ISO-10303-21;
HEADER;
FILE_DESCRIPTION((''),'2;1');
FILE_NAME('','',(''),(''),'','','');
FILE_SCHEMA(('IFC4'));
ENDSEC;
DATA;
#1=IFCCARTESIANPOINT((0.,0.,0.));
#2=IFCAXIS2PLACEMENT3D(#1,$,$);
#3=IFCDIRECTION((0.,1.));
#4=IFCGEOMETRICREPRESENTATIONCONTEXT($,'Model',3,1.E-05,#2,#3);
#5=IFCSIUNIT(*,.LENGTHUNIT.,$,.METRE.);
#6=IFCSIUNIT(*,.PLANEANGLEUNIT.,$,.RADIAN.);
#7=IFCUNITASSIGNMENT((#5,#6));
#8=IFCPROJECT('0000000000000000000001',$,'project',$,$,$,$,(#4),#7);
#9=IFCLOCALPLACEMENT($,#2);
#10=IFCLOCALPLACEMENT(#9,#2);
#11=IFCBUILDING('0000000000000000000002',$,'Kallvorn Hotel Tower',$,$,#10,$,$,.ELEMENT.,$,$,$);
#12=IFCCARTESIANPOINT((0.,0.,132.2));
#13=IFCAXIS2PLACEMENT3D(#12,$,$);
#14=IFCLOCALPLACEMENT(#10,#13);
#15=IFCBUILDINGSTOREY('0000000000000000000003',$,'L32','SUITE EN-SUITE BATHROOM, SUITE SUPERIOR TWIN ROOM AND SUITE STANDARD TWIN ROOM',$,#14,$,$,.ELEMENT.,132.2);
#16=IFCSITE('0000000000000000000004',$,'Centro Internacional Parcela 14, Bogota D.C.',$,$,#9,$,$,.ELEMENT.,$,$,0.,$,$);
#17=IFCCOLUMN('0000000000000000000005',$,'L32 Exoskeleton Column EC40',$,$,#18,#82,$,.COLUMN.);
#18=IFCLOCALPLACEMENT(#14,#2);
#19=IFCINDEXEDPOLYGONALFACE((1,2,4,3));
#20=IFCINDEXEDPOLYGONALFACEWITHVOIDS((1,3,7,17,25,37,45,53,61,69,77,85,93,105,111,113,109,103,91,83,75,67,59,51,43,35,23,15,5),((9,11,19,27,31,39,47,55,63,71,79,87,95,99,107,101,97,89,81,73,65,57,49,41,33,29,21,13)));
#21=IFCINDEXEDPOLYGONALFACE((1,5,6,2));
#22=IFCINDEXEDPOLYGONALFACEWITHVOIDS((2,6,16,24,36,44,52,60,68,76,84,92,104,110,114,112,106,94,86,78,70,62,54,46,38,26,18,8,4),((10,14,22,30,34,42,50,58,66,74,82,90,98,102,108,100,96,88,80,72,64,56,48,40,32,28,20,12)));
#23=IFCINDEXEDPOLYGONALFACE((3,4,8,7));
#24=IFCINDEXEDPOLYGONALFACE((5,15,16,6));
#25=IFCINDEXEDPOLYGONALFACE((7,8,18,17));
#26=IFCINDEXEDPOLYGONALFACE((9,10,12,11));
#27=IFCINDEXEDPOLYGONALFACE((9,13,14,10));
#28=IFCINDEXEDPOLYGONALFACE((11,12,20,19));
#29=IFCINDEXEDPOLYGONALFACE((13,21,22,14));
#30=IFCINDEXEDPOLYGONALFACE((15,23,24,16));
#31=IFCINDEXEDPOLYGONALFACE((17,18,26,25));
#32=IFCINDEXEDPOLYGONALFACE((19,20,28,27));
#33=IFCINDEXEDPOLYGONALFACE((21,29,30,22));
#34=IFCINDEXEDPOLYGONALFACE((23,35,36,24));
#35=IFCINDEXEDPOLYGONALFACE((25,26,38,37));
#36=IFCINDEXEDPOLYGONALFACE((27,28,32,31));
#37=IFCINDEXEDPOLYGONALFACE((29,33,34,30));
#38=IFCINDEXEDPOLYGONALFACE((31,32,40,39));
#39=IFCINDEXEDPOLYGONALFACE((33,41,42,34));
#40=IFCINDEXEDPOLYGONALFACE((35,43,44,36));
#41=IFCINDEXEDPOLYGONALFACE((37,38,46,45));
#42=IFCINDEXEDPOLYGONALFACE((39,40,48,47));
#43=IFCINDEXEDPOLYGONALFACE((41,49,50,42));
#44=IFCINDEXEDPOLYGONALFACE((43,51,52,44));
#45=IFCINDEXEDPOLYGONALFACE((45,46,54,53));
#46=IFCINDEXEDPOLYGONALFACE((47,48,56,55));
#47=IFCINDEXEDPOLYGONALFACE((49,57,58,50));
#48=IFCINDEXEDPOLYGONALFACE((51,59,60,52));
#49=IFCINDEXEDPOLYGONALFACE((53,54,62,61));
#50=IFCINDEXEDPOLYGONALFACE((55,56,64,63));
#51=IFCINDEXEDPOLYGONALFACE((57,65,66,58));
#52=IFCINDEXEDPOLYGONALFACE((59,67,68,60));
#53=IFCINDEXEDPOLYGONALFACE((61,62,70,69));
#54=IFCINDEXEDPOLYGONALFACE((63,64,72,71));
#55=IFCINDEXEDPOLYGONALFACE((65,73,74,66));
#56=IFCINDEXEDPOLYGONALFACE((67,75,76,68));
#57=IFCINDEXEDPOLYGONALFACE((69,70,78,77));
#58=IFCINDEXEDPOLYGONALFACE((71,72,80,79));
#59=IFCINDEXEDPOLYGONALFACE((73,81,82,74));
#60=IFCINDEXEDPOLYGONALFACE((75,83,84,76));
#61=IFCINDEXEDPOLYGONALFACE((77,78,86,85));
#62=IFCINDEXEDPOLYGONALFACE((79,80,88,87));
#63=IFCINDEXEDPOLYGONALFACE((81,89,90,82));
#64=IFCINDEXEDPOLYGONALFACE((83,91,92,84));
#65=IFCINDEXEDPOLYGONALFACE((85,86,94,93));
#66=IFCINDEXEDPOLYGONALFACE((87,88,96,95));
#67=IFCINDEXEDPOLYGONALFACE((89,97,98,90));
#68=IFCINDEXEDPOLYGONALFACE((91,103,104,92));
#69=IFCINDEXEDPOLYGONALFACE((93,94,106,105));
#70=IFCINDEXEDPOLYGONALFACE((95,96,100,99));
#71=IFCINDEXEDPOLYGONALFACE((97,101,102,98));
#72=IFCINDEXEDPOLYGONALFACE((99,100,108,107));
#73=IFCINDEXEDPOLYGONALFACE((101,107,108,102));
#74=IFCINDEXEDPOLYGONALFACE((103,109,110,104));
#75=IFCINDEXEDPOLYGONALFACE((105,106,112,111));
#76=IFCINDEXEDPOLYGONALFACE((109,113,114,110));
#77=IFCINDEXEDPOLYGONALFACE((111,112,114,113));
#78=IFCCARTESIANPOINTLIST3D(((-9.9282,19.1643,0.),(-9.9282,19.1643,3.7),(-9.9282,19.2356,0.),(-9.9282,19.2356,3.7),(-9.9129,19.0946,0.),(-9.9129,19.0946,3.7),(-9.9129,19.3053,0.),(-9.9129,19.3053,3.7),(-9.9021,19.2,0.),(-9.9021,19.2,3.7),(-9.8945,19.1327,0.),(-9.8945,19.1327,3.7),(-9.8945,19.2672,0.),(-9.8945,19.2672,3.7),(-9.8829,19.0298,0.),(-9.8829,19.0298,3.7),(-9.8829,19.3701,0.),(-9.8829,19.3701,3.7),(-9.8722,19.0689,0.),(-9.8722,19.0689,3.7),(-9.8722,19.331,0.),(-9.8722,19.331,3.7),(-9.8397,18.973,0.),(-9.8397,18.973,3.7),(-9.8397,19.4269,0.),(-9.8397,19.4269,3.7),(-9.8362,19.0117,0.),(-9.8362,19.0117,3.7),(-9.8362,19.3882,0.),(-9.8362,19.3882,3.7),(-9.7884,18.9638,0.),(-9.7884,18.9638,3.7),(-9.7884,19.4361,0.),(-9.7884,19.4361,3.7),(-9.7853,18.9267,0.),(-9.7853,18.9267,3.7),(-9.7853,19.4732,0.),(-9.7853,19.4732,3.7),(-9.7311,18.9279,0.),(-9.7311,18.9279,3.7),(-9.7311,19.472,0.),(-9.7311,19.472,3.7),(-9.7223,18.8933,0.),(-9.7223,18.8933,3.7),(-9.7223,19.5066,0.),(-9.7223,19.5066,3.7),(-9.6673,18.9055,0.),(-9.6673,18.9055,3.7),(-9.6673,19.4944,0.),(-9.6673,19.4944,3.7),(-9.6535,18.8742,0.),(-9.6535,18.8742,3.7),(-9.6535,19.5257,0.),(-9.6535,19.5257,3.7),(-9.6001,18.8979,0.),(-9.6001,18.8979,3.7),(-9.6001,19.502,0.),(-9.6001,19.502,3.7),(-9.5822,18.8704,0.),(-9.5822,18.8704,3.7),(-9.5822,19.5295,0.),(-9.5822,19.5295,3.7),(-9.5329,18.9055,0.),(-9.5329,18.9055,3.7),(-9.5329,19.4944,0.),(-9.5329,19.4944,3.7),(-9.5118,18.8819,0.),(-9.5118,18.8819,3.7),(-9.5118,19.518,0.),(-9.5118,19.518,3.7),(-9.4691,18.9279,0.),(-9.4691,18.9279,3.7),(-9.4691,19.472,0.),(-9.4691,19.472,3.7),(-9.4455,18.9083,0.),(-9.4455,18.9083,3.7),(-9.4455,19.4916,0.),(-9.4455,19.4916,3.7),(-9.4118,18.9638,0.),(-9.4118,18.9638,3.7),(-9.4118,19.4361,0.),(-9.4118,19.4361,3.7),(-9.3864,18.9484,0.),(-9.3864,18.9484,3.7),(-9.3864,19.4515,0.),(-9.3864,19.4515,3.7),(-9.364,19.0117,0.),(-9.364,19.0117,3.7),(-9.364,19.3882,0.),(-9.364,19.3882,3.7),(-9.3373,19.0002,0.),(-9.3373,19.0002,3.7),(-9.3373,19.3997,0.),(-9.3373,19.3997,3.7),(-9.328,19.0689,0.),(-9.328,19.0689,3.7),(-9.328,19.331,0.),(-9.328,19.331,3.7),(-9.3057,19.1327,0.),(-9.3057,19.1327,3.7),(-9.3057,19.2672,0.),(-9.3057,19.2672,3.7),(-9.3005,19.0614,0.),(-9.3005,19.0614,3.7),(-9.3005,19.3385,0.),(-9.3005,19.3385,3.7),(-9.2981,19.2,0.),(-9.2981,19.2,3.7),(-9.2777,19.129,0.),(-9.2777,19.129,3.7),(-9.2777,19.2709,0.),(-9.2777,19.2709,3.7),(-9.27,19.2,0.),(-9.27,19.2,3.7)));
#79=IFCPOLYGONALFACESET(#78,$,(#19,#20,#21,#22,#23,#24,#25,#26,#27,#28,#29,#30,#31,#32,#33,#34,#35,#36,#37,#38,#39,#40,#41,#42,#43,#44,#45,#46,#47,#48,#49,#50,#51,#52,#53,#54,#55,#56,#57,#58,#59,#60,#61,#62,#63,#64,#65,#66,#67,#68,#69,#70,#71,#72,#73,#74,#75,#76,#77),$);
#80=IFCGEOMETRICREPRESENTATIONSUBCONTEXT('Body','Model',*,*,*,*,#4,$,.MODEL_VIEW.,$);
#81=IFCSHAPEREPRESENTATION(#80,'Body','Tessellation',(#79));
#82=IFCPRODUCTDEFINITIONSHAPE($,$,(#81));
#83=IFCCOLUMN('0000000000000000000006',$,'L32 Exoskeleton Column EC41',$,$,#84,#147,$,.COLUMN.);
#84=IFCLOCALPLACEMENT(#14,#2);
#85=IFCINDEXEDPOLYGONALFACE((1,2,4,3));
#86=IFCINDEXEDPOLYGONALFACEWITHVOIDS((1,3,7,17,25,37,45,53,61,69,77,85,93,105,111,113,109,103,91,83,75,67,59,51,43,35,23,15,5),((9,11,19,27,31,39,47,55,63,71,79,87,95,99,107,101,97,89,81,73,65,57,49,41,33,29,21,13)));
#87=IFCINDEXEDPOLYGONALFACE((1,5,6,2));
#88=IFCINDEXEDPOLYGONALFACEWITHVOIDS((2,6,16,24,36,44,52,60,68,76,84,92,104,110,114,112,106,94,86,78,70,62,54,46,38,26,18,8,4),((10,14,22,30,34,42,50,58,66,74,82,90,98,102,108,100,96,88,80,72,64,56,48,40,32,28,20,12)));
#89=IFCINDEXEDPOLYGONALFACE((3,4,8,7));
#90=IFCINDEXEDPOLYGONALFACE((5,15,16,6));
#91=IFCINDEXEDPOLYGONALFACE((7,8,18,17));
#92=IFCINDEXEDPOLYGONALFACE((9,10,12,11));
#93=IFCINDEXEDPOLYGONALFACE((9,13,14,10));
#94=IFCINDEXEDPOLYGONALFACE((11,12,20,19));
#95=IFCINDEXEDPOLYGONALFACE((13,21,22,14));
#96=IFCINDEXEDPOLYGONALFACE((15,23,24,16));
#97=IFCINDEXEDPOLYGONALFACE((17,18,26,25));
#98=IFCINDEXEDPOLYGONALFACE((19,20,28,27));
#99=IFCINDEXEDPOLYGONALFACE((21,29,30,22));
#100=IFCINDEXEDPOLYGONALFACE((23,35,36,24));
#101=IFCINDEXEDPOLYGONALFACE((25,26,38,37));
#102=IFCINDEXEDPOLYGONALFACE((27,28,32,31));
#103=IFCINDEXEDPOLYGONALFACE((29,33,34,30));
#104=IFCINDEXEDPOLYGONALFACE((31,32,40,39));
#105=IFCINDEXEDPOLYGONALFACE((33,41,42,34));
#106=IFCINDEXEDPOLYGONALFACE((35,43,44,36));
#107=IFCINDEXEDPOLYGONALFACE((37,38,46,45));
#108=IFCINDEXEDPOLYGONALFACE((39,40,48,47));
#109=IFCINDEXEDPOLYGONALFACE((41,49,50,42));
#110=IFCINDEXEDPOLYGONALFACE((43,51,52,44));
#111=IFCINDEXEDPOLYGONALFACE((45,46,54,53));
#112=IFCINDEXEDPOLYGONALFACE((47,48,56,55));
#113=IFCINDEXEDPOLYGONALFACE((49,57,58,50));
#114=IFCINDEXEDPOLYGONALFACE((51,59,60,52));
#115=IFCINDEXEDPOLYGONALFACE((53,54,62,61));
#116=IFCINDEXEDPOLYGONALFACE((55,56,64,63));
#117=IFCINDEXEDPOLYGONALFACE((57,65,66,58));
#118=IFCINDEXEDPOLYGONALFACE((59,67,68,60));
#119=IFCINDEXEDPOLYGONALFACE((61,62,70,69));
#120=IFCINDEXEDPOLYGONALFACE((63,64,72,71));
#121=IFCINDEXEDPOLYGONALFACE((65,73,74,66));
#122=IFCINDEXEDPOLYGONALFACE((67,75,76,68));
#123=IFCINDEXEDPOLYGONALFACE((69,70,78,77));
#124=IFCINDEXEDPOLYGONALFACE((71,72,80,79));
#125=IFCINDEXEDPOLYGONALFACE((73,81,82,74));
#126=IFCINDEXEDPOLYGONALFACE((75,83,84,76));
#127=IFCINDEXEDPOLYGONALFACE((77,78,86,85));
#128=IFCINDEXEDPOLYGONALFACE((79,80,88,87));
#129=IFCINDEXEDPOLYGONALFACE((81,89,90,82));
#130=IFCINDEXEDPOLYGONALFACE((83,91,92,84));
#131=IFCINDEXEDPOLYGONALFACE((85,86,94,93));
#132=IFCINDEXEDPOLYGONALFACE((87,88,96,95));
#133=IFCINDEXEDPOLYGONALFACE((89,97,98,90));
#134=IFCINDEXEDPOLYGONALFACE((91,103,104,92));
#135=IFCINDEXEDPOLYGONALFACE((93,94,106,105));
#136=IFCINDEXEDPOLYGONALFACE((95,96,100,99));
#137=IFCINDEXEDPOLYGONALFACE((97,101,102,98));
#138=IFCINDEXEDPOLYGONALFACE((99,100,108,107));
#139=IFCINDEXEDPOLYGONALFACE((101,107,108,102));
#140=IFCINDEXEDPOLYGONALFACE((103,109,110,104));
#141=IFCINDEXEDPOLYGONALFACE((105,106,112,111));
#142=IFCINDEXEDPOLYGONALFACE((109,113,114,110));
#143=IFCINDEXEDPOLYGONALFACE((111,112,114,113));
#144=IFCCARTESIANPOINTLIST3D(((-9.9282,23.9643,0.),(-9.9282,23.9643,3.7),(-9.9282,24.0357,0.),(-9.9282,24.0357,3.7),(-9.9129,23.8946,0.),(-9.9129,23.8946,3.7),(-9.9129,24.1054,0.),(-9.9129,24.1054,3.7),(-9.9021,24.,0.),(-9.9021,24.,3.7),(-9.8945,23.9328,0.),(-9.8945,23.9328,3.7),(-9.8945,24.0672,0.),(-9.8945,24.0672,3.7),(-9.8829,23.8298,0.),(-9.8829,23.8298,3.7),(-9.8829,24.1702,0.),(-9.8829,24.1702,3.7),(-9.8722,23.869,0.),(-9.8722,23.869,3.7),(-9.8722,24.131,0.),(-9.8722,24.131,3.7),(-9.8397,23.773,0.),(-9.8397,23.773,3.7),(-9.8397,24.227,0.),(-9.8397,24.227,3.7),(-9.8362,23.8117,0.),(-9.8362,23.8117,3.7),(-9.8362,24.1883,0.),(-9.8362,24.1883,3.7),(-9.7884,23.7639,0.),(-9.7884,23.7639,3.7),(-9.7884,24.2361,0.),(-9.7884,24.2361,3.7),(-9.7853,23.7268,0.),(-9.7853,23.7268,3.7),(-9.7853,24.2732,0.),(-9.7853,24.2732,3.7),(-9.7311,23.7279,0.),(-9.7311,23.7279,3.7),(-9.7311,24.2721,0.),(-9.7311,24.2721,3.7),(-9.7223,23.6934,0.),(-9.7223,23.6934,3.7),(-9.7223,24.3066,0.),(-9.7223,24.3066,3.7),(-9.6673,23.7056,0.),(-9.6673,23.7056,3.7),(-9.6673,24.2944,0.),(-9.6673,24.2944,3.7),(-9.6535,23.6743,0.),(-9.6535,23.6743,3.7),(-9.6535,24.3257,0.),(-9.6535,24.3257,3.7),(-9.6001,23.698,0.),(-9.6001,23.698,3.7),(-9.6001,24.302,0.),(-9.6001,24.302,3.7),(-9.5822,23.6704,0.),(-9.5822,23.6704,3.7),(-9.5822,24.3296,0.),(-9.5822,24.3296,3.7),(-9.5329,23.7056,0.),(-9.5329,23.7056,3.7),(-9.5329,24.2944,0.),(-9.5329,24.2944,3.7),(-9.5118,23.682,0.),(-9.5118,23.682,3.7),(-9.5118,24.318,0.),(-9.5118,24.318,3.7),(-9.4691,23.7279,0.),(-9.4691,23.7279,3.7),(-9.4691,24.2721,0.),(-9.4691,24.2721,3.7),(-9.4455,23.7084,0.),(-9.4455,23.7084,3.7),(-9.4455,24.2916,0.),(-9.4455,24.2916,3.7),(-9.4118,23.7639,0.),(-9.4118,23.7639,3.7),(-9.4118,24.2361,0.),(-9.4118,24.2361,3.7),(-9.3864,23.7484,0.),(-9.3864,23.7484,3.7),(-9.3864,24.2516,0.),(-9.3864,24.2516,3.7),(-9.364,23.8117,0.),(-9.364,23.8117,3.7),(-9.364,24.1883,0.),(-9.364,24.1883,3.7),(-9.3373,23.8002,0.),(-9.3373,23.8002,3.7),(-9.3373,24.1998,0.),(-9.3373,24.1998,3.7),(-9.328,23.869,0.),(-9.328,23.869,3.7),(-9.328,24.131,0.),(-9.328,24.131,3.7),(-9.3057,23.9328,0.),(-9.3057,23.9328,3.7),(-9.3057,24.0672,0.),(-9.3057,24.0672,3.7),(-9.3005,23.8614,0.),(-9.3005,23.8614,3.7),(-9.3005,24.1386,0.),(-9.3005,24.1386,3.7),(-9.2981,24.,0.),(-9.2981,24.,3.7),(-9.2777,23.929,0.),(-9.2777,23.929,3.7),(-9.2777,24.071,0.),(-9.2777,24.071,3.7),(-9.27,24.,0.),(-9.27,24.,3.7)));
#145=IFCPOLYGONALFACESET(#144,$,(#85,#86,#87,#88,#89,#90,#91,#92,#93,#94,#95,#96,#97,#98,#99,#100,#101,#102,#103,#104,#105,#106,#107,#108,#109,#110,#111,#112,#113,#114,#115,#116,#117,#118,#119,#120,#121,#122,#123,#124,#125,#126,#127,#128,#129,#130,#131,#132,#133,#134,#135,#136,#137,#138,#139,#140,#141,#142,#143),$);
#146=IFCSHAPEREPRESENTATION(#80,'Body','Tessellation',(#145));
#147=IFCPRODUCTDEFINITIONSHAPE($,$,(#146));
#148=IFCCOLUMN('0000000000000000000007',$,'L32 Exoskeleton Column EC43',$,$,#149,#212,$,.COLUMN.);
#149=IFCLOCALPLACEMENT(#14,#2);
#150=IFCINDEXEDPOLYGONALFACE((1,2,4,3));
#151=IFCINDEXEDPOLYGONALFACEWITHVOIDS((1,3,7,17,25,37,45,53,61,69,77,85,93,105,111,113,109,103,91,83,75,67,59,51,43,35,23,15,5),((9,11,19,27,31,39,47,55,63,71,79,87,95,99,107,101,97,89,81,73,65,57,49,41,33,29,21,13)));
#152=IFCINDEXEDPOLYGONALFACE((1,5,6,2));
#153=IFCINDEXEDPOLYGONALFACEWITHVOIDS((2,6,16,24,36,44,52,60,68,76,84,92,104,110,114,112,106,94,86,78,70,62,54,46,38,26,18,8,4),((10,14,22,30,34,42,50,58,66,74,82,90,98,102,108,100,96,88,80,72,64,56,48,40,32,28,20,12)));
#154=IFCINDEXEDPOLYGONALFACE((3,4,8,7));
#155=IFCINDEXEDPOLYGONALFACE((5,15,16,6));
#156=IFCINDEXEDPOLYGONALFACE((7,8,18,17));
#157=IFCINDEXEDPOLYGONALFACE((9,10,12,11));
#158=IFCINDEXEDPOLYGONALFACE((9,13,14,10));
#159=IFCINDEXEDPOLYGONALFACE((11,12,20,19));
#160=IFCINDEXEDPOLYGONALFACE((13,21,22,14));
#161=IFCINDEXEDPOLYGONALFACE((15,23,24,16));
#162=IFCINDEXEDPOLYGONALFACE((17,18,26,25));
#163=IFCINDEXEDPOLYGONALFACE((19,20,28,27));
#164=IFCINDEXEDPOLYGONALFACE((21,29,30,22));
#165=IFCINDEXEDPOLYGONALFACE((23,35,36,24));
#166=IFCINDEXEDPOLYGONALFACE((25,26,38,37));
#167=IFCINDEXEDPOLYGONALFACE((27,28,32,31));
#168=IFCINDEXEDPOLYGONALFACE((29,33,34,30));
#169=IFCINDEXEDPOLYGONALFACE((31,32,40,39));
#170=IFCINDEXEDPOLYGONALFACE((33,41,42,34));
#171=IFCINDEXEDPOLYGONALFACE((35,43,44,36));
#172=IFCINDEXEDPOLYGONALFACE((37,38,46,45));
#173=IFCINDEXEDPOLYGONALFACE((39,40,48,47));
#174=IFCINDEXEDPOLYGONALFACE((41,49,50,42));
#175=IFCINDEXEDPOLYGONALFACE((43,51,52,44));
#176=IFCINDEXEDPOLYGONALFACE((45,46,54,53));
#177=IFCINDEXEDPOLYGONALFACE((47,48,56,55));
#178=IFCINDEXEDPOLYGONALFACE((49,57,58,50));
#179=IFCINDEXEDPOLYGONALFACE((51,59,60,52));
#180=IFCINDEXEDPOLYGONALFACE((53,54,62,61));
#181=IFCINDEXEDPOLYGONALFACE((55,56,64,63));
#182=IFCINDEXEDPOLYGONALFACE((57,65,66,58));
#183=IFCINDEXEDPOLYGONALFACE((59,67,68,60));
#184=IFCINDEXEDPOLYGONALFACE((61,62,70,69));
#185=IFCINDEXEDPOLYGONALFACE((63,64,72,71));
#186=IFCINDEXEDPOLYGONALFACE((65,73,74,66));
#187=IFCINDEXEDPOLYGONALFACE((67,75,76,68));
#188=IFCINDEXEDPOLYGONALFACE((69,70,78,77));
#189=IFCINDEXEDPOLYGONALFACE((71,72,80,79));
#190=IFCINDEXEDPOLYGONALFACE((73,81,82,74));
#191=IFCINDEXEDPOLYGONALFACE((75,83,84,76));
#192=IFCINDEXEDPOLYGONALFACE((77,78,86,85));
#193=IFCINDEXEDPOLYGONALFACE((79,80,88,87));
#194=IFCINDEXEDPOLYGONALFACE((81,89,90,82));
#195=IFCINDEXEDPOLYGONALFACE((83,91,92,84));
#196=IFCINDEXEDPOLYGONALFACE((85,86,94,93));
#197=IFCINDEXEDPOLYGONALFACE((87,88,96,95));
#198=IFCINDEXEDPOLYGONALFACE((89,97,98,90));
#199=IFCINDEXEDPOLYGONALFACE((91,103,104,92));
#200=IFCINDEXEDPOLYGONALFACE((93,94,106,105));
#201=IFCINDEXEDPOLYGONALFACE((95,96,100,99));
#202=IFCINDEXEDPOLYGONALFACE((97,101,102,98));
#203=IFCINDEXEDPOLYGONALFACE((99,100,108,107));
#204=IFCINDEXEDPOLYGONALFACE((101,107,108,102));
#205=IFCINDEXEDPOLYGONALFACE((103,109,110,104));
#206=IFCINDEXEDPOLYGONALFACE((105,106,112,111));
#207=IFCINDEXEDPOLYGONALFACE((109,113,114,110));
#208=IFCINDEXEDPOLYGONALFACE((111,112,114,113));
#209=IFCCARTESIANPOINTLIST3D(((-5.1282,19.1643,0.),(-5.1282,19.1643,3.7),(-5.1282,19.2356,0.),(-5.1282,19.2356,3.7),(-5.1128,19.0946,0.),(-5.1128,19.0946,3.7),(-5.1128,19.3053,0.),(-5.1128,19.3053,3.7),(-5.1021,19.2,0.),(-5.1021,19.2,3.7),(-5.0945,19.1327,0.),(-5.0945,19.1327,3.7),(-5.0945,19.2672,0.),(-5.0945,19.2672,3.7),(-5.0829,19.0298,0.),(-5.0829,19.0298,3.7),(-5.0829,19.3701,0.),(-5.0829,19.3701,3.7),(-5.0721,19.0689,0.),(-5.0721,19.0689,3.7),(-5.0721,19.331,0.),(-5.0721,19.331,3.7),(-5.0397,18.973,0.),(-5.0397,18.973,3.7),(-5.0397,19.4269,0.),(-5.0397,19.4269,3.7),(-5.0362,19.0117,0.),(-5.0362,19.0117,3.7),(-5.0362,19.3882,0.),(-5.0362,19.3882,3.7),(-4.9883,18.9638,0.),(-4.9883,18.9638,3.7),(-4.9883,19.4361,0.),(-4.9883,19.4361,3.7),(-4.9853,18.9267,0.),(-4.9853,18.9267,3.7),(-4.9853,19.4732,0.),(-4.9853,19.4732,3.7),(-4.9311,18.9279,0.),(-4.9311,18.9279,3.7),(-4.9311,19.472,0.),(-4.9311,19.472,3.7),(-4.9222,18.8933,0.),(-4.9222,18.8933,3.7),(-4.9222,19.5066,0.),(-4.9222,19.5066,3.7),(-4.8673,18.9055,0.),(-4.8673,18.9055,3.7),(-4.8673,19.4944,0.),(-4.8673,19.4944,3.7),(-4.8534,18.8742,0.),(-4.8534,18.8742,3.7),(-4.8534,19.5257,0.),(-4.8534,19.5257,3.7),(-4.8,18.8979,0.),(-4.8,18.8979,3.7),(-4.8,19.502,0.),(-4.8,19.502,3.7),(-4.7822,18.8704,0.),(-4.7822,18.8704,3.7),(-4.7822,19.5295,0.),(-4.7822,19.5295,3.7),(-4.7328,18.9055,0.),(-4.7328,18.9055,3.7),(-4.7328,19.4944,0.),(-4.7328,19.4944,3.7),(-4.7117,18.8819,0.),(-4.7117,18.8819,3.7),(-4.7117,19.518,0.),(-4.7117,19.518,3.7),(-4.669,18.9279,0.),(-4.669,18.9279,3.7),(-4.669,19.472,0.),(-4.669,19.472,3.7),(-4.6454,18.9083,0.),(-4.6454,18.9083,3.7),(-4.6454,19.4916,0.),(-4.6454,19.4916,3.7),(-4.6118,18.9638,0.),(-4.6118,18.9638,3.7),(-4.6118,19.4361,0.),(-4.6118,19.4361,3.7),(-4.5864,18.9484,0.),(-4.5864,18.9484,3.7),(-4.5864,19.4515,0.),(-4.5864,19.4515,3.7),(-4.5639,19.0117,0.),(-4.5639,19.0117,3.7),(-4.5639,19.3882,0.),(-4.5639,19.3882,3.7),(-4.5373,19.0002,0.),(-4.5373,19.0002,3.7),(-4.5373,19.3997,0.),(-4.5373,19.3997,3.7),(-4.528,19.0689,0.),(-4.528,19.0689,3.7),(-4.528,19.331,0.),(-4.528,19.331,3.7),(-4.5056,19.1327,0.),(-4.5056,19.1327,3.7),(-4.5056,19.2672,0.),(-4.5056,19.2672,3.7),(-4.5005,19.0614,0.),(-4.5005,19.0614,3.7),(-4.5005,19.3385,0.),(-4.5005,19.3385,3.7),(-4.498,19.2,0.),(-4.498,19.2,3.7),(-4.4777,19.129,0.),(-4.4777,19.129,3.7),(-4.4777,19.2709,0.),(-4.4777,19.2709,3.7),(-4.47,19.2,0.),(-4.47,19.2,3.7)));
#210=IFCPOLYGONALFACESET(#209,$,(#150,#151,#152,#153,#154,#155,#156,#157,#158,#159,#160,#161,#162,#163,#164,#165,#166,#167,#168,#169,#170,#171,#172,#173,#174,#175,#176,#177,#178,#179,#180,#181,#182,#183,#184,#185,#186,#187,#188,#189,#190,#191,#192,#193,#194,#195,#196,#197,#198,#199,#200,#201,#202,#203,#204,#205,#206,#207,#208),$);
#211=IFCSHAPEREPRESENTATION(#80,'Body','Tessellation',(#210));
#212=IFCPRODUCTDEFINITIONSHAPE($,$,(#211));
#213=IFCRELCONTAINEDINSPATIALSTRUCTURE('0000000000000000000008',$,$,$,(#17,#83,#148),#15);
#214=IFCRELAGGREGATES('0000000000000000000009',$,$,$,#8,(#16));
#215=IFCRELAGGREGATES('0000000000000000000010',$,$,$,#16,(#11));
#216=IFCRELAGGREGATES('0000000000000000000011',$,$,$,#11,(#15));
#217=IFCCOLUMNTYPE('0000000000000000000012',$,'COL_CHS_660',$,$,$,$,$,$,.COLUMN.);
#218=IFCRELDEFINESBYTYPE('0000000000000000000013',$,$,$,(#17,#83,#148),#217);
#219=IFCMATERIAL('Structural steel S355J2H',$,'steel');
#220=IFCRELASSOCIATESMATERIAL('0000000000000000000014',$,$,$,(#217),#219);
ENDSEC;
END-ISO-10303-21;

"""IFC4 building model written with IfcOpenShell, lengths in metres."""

from ifc_helpers import new_model, si_unit, direction, frame, origin, origin_2d, place, context, subcontext, project, spatial, hollow_circle, extrude, material, material_profile, profile_set, type_object, element, save


model = new_model("IFC4")

# Units and contexts
model_context = context("Model", 3, precision=1e-05, world=origin(), true_north=direction((0.0, 1.0)))
body_context = subcontext(model_context, "Body", "Model", "MODEL_VIEW")
ifc_project = project(units=[si_unit("LENGTHUNIT", "METRE"), si_unit("PLANEANGLEUNIT", "RADIAN")], contexts=[model_context])

# Site, building, storey
site_placement = place(None, origin())
site = spatial("IfcSite", under=ifc_project, at=site_placement, Name="Centro Internacional Parcela 14, Bogota D.C.", CompositionType="ELEMENT", RefElevation=0.0)
building_placement = place(site_placement, origin())
building = spatial("IfcBuilding", under=site, at=building_placement, Name="Kallvorn Hotel Tower", CompositionType="ELEMENT")
storey_placement = place(building_placement, frame((0.0, 0.0, 132.2)))
storey = spatial("IfcBuildingStorey", under=building, at=storey_placement, Name="L32", Description="SUITE EN-SUITE BATHROOM, SUITE SUPERIOR TWIN ROOM AND SUITE STANDARD TWIN ROOM", CompositionType="ELEMENT", Elevation=132.2)

# Columns
ifc_material_1 = material(Name="Structural steel S355J2H", Category="steel")
ifc_material_profile_1 = material_profile(ifc_material_1, hollow_circle(Radius=0.3301, WallThickness=0.0281, at=origin_2d()), Name="CHS 660x28")
ifc_profile_set_1 = profile_set([ifc_material_profile_1], Name="Structural steel S355J2H")
column_type_1 = type_object("IfcColumnType", Name="COL_CHS_660", PredefinedType="COLUMN", material=ifc_profile_set_1)
for number, where, z_axis, x_axis, name in (
    (1, (-9.6001, 19.2, 0.0), (0.0, 0.0, 1.0), (1.0, 0.0, 0.0), "L32 Exoskeleton Column EC40"),
    (2, (-9.6001, 24.0, 0.0), (0.0, 0.0, 1.0), (1.0, 0.0, 0.0), "L32 Exoskeleton Column EC41"),
    (3, (-4.8, 19.2, 0.0), (0.0, 0.0, 1.0), (1.0, 0.0, 0.0), "L32 Exoskeleton Column EC43"),
):
    element("IfcColumn", number, at=place(storey_placement, frame(where, z_axis=z_axis, x_axis=x_axis)), inside=storey, type_object=column_type_1, Name=name, PredefinedType="COLUMN", context=body_context, shape_type="SweptSolid", body=[
        extrude(hollow_circle(Radius=0.3301, WallThickness=0.0281, at=origin_2d()), origin(), (0.0, 0.0, 1.0), 3.7),
    ])

save(model, "model.ifc")
